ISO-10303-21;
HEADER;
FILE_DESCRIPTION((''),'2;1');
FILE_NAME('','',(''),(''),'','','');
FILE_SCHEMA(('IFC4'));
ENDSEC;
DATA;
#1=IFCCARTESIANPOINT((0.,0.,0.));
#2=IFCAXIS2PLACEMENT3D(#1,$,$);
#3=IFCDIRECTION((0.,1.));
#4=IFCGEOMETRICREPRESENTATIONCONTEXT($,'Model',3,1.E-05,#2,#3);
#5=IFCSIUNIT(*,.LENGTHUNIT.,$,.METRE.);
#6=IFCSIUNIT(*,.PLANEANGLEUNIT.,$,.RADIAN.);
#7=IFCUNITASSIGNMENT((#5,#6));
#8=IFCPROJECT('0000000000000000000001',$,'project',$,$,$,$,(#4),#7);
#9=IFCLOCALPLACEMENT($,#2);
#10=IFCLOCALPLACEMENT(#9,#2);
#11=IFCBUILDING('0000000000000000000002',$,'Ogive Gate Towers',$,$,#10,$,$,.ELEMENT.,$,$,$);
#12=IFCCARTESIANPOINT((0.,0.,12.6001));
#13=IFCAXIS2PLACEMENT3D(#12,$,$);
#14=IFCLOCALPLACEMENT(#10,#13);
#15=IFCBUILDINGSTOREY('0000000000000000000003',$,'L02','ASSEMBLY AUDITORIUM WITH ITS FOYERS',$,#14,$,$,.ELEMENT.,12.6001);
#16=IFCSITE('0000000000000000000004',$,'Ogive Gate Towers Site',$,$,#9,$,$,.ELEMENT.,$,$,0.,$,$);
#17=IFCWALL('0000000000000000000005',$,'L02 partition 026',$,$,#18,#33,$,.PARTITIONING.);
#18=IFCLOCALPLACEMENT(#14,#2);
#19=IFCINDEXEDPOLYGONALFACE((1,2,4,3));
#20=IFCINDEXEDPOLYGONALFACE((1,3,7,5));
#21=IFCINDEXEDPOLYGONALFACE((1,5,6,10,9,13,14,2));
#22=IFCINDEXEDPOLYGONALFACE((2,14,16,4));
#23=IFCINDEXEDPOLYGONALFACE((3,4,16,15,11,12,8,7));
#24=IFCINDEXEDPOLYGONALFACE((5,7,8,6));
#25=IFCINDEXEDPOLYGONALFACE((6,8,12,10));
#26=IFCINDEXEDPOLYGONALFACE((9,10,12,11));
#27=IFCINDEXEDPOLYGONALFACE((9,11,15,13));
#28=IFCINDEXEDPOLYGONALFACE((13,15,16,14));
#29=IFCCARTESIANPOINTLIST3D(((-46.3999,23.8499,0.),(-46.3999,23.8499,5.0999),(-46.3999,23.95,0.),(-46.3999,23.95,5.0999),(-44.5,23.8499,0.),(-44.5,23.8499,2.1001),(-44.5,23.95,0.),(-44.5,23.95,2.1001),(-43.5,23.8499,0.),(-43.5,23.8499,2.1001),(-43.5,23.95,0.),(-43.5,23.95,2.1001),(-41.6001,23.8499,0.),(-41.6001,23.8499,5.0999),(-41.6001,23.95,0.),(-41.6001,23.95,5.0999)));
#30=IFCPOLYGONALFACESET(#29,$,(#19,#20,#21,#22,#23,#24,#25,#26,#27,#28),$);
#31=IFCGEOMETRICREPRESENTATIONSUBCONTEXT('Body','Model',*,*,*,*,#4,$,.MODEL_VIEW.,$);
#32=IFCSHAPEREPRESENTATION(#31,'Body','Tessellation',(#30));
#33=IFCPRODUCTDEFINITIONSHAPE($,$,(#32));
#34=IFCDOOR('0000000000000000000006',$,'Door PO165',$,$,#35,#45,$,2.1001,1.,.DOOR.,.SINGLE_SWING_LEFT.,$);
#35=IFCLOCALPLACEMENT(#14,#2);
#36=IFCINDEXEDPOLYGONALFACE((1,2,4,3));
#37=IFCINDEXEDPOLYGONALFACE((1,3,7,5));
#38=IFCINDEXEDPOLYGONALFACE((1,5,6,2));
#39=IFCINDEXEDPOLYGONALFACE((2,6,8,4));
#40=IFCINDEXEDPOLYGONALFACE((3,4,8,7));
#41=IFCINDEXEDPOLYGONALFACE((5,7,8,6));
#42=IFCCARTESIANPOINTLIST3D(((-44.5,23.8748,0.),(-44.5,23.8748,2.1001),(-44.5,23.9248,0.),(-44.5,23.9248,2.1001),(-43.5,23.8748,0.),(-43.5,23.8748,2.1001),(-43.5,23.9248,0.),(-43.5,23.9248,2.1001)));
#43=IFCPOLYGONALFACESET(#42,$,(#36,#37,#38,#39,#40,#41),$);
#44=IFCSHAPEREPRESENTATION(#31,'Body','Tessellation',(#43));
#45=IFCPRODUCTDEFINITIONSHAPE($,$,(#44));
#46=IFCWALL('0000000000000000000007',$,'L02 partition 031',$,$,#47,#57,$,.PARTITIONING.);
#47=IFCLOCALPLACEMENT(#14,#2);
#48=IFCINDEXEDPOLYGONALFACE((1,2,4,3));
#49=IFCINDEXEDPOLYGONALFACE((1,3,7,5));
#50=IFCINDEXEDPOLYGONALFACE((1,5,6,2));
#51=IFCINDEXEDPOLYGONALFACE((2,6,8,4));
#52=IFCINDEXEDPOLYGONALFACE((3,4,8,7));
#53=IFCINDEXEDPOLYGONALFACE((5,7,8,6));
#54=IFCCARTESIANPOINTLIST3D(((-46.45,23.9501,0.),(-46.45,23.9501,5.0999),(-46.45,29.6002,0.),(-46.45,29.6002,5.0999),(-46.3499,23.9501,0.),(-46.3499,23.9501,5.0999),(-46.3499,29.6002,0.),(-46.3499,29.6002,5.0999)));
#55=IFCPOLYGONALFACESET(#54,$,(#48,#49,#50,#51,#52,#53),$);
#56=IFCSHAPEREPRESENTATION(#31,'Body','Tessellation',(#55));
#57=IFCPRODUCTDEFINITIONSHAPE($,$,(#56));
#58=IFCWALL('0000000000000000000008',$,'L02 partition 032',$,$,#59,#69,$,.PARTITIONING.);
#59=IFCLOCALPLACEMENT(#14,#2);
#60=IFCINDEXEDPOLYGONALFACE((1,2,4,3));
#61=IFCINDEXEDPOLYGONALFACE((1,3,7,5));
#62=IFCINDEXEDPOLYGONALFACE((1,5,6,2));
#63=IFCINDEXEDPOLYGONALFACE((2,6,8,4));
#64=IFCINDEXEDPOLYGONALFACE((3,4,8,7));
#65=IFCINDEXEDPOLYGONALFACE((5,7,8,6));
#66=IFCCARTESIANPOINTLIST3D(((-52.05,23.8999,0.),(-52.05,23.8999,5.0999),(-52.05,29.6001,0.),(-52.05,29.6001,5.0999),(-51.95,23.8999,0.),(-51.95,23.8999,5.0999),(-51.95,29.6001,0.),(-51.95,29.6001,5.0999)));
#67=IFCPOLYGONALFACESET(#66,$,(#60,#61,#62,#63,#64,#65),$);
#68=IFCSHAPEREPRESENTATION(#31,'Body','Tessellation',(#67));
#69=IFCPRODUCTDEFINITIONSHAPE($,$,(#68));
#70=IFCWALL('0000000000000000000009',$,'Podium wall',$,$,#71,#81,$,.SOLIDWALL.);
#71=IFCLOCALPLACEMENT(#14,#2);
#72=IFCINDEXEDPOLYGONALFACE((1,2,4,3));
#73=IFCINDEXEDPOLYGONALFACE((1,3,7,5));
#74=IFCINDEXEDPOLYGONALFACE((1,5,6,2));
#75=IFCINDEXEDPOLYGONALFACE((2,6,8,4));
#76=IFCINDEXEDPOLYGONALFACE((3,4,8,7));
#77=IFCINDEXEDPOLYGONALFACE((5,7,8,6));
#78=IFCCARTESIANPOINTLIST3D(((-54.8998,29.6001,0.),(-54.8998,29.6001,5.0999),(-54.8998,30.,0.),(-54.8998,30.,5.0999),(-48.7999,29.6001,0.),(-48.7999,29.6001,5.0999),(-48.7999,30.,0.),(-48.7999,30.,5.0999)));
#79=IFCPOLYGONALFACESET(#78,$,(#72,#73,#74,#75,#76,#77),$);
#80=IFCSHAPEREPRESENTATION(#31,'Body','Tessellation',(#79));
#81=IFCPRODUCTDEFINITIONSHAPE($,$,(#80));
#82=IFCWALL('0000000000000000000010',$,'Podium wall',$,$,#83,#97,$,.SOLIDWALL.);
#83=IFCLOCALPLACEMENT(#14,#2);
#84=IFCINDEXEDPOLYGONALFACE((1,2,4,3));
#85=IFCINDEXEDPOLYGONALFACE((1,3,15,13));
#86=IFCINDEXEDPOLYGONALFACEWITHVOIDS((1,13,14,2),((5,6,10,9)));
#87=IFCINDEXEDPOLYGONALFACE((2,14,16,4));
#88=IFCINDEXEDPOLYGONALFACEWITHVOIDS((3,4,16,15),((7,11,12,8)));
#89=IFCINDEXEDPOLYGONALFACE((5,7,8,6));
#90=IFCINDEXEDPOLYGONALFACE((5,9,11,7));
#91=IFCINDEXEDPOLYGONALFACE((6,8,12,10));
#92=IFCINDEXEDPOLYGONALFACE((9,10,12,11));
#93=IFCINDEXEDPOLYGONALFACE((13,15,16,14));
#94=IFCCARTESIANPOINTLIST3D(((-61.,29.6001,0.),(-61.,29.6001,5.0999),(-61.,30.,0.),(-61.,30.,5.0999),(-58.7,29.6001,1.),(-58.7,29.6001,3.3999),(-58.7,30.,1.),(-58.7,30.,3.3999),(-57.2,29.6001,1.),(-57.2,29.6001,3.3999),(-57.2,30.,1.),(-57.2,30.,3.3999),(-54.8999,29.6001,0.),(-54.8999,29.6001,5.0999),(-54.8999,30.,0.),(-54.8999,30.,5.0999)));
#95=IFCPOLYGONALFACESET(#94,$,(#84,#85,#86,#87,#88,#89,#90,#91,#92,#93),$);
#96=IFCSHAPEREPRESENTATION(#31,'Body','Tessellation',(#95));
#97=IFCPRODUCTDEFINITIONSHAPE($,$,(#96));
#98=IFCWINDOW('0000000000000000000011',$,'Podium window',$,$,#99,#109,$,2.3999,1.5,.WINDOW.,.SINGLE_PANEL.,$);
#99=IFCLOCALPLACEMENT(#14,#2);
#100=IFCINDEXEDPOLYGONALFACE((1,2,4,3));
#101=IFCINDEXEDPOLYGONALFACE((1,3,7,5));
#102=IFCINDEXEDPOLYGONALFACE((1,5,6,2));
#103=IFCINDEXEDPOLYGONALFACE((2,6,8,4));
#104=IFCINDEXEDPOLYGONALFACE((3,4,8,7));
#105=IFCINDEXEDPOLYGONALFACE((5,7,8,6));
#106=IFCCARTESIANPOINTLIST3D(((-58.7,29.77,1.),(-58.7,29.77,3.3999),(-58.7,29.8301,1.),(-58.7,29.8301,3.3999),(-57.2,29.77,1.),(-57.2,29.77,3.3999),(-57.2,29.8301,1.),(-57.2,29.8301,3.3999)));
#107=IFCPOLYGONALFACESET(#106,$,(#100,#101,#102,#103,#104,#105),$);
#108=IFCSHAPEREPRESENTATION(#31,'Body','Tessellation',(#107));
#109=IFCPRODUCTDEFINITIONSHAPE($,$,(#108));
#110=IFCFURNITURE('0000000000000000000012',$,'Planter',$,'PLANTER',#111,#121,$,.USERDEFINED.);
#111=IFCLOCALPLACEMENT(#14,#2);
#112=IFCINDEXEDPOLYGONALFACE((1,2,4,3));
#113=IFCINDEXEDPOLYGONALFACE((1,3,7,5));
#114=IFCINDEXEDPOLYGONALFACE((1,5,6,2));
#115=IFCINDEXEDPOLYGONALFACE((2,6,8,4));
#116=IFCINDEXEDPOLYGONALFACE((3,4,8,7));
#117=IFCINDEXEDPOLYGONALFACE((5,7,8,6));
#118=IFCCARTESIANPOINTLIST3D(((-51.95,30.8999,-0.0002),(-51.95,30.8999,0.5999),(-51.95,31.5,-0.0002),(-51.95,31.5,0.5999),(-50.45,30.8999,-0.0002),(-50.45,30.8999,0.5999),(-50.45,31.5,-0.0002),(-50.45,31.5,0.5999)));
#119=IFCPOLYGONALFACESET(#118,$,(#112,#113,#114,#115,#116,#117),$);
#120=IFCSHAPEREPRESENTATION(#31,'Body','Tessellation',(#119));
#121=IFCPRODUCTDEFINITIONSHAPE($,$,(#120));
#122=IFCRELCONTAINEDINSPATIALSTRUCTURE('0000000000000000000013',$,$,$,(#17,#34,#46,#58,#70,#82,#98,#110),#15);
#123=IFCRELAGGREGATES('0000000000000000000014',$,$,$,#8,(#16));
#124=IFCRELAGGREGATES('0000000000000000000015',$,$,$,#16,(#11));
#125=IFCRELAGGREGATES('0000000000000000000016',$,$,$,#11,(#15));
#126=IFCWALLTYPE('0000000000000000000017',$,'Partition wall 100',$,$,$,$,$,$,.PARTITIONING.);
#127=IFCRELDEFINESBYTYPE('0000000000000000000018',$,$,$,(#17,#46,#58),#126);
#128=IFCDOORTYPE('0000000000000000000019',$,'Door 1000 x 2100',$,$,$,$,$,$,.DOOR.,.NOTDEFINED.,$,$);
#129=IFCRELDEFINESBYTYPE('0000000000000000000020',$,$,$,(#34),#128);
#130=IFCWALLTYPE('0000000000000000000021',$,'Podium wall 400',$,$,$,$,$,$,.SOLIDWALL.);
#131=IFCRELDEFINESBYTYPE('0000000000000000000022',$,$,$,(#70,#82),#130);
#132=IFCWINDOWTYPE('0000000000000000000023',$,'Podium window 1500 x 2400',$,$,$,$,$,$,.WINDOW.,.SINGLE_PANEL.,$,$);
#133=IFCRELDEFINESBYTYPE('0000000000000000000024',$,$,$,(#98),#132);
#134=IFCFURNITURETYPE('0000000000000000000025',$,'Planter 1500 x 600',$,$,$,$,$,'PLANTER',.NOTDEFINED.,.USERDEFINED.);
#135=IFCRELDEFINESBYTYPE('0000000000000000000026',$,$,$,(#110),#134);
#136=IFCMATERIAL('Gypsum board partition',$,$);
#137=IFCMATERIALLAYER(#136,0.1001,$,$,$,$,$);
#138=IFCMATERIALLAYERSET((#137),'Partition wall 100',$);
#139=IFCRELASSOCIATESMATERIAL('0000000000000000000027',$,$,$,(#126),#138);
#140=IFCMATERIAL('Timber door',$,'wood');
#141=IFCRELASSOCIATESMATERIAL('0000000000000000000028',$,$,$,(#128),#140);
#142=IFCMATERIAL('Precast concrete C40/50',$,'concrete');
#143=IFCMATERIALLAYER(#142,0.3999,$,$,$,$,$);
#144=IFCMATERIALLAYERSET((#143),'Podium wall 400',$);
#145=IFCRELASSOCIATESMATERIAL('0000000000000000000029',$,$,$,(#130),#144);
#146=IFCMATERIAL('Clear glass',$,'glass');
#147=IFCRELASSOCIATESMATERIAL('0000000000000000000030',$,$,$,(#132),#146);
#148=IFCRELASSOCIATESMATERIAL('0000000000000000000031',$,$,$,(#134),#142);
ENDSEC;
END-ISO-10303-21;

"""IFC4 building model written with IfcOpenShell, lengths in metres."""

from ifc_helpers import new_model, si_unit, direction, frame, frame_2d, origin, origin_2d, place, context, subcontext, project, spatial, rectangle, extrude, material, layer, layer_set, type_object, element, fill, save


model = new_model("IFC4")

# Units and contexts
model_context = context("Model", 3, precision=1e-05, world=origin(), true_north=direction((0.0, 1.0)))
body_context = subcontext(model_context, "Body", "Model", "MODEL_VIEW")
ifc_project = project(units=[si_unit("LENGTHUNIT", "METRE"), si_unit("PLANEANGLEUNIT", "RADIAN")], contexts=[model_context])

# Site, building, storey
site_placement = place(None, origin())
site = spatial("IfcSite", under=ifc_project, at=site_placement, Name="Ogive Gate Towers Site", CompositionType="ELEMENT", RefElevation=0.0)
building_placement = place(site_placement, origin())
building = spatial("IfcBuilding", under=site, at=building_placement, Name="Ogive Gate Towers", CompositionType="ELEMENT")
storey_placement = place(building_placement, frame((0.0, 0.0, 12.6001)))
storey = spatial("IfcBuildingStorey", under=building, at=storey_placement, Name="L02", Description="ASSEMBLY AUDITORIUM WITH ITS FOYERS", CompositionType="ELEMENT", Elevation=12.6001)

# Wall, opening, door
ifc_material_1 = material(Name="Gypsum board partition")
ifc_layer_1 = layer(ifc_material_1, 0.1001)
ifc_layer_set_1 = layer_set([ifc_layer_1], Name="Partition wall 100")
wall_type_1 = type_object("IfcWallType", Name="Partition wall 100", PredefinedType="PARTITIONING", material=ifc_layer_set_1)
ifc_material_2 = material(Name="Timber door", Category="wood")
wall_1_placement = place(storey_placement, frame((-46.3999, 23.8999, 0.0), z_axis=(0.0, 0.0, 1.0), x_axis=(1.0, 0.0, 0.0)))
wall_1 = element("IfcWall", 1, at=wall_1_placement, inside=storey, type_object=wall_type_1, Name="L02 partition 026", PredefinedType="PARTITIONING", context=body_context, shape_type="SweptSolid", body=[
    extrude(rectangle(XDim=4.7998, YDim=0.1001, at=frame_2d((2.3999, 0.0))), origin(), (0.0, 0.0, 1.0), 5.0999),
])
opening_1_placement = place(wall_1_placement, frame((1.8999, 0.0, 0.0)))
opening_1 = element("IfcOpeningElement", 2, at=opening_1_placement, cuts=wall_1, PredefinedType="OPENING", context=body_context, shape_type="SweptSolid", body=[
    extrude(rectangle(XDim=1.0, YDim=2.1001, at=frame_2d((0.5, 1.05))), frame((0.0, 0.0601, 0.0), z_axis=(0.0, -1.0, 0.0), x_axis=(1.0, 0.0, 0.0)), (0.0, 0.0, 1.0), 0.1201),
])
door_type_1 = type_object("IfcDoorType", Name="Door 1000 x 2100", OperationType="NOTDEFINED", PredefinedType="DOOR", material=ifc_material_2)
door_1_placement = place(opening_1_placement, origin())
door_1 = element("IfcDoor", 3, at=door_1_placement, inside=storey, type_object=door_type_1, Name="Door PO165", OperationType="SINGLE_SWING_LEFT", OverallHeight=2.1001, OverallWidth=1.0, PredefinedType="DOOR", context=body_context, shape_type="SweptSolid", body=[
    extrude(rectangle(XDim=1.0, YDim=2.1001, at=frame_2d((0.5, 1.05))), frame((0.0, 0.0249, 0.0), z_axis=(0.0, -1.0, 0.0), x_axis=(1.0, 0.0, 0.0)), (0.0, 0.0, 1.0), 0.05),
])
fill(opening_1, door_1)

# Walls
wall_2_placement = place(storey_placement, frame((-46.3999, 23.95, 0.0), z_axis=(0.0, 0.0, 1.0), x_axis=(0.0, 1.0, 0.0)))
element("IfcWall", 4, at=wall_2_placement, inside=storey, type_object=wall_type_1, Name="L02 partition 031", PredefinedType="PARTITIONING", context=body_context, shape_type="SweptSolid", body=[
    extrude(rectangle(XDim=5.6501, YDim=0.1001, at=frame_2d((2.8252, 0.0))), origin(), (0.0, 0.0, 1.0), 5.0999),
])
wall_3_placement = place(storey_placement, frame((-52.0, 23.8999, 0.0), z_axis=(0.0, 0.0, 1.0), x_axis=(0.0, 1.0, 0.0)))
element("IfcWall", 5, at=wall_3_placement, inside=storey, type_object=wall_type_1, Name="L02 partition 032", PredefinedType="PARTITIONING", context=body_context, shape_type="SweptSolid", body=[
    extrude(rectangle(XDim=5.7002, YDim=0.1001, at=frame_2d((2.8501, 0.0))), origin(), (0.0, 0.0, 1.0), 5.0999),
])
ifc_material_3 = material(Name="Precast concrete C40/50", Category="concrete")
ifc_layer_2 = layer(ifc_material_3, 0.3999)
ifc_layer_set_2 = layer_set([ifc_layer_2], Name="Podium wall 400")
wall_type_2 = type_object("IfcWallType", Name="Podium wall 400", PredefinedType="SOLIDWALL", material=ifc_layer_set_2)
wall_4_placement = place(storey_placement, frame((-48.8, 29.8, 0.0), z_axis=(0.0, 0.0, 1.0), x_axis=(-1.0, 0.0, 0.0)))
element("IfcWall", 6, at=wall_4_placement, inside=storey, type_object=wall_type_2, Name="Podium wall", PredefinedType="SOLIDWALL", context=body_context, shape_type="SweptSolid", body=[
    extrude(rectangle(XDim=6.0999, YDim=0.3999, at=frame_2d((3.0498, 0.0))), origin(), (0.0, 0.0, 1.0), 5.0999),
])

# Wall, opening, window
wall_5_placement = place(storey_placement, frame((-54.8999, 29.8, 0.0), z_axis=(0.0, 0.0, 1.0), x_axis=(-1.0, 0.0, 0.0)))
wall_5 = element("IfcWall", 7, at=wall_5_placement, inside=storey, type_object=wall_type_2, Name="Podium wall", PredefinedType="SOLIDWALL", context=body_context, shape_type="SweptSolid", body=[
    extrude(rectangle(XDim=6.1001, YDim=0.3999, at=frame_2d((3.05, 0.0))), origin(), (0.0, 0.0, 1.0), 5.0999),
])
opening_2_placement = place(wall_5_placement, frame((2.3, 0.0, 1.0)))
opening_2 = element("IfcOpeningElement", 8, at=opening_2_placement, cuts=wall_5, PredefinedType="OPENING", context=body_context, shape_type="SweptSolid", body=[
    extrude(rectangle(XDim=1.5, YDim=2.3999, at=frame_2d((0.75, 1.2))), frame((0.0, 0.21, 0.0), z_axis=(0.0, -1.0, 0.0), x_axis=(1.0, 0.0, 0.0)), (0.0, 0.0, 1.0), 0.4199),
])
ifc_material_4 = material(Name="Clear glass", Category="glass")
window_type = type_object("IfcWindowType", Name="Podium window 1500 x 2400", PartitioningType="SINGLE_PANEL", PredefinedType="WINDOW", material=ifc_material_4)
window_placement = place(opening_2_placement, origin())
window = element("IfcWindow", 9, at=window_placement, inside=storey, type_object=window_type, Name="Podium window", OverallHeight=2.3999, OverallWidth=1.5, PartitioningType="SINGLE_PANEL", PredefinedType="WINDOW", context=body_context, shape_type="SweptSolid", body=[
    extrude(rectangle(XDim=1.5, YDim=2.3999, at=frame_2d((0.75, 1.2))), frame((0.0, 0.03, 0.0), z_axis=(0.0, -1.0, 0.0), x_axis=(1.0, 0.0, 0.0)), (0.0, 0.0, 1.0), 0.0601),
])
fill(opening_2, window)

# Furniture
furniture_type = type_object("IfcFurnitureType", Name="Planter 1500 x 600", ElementType="PLANTER", AssemblyPlace="NOTDEFINED", PredefinedType="USERDEFINED", material=ifc_material_3)
furniture_placement = place(storey_placement, frame((-51.2, 31.2, -0.0002), z_axis=(0.0, 0.0, 1.0), x_axis=(-1.0, 0.0, 0.0)))
element("IfcFurniture", 10, at=furniture_placement, inside=storey, type_object=furniture_type, Name="Planter", ObjectType="PLANTER", PredefinedType="USERDEFINED", context=body_context, shape_type="SweptSolid", body=[
    extrude(rectangle(XDim=1.5, YDim=0.6001, at=origin_2d()), origin(), (0.0, 0.0, 1.0), 0.6001),
])

save(model, "model.ifc")
